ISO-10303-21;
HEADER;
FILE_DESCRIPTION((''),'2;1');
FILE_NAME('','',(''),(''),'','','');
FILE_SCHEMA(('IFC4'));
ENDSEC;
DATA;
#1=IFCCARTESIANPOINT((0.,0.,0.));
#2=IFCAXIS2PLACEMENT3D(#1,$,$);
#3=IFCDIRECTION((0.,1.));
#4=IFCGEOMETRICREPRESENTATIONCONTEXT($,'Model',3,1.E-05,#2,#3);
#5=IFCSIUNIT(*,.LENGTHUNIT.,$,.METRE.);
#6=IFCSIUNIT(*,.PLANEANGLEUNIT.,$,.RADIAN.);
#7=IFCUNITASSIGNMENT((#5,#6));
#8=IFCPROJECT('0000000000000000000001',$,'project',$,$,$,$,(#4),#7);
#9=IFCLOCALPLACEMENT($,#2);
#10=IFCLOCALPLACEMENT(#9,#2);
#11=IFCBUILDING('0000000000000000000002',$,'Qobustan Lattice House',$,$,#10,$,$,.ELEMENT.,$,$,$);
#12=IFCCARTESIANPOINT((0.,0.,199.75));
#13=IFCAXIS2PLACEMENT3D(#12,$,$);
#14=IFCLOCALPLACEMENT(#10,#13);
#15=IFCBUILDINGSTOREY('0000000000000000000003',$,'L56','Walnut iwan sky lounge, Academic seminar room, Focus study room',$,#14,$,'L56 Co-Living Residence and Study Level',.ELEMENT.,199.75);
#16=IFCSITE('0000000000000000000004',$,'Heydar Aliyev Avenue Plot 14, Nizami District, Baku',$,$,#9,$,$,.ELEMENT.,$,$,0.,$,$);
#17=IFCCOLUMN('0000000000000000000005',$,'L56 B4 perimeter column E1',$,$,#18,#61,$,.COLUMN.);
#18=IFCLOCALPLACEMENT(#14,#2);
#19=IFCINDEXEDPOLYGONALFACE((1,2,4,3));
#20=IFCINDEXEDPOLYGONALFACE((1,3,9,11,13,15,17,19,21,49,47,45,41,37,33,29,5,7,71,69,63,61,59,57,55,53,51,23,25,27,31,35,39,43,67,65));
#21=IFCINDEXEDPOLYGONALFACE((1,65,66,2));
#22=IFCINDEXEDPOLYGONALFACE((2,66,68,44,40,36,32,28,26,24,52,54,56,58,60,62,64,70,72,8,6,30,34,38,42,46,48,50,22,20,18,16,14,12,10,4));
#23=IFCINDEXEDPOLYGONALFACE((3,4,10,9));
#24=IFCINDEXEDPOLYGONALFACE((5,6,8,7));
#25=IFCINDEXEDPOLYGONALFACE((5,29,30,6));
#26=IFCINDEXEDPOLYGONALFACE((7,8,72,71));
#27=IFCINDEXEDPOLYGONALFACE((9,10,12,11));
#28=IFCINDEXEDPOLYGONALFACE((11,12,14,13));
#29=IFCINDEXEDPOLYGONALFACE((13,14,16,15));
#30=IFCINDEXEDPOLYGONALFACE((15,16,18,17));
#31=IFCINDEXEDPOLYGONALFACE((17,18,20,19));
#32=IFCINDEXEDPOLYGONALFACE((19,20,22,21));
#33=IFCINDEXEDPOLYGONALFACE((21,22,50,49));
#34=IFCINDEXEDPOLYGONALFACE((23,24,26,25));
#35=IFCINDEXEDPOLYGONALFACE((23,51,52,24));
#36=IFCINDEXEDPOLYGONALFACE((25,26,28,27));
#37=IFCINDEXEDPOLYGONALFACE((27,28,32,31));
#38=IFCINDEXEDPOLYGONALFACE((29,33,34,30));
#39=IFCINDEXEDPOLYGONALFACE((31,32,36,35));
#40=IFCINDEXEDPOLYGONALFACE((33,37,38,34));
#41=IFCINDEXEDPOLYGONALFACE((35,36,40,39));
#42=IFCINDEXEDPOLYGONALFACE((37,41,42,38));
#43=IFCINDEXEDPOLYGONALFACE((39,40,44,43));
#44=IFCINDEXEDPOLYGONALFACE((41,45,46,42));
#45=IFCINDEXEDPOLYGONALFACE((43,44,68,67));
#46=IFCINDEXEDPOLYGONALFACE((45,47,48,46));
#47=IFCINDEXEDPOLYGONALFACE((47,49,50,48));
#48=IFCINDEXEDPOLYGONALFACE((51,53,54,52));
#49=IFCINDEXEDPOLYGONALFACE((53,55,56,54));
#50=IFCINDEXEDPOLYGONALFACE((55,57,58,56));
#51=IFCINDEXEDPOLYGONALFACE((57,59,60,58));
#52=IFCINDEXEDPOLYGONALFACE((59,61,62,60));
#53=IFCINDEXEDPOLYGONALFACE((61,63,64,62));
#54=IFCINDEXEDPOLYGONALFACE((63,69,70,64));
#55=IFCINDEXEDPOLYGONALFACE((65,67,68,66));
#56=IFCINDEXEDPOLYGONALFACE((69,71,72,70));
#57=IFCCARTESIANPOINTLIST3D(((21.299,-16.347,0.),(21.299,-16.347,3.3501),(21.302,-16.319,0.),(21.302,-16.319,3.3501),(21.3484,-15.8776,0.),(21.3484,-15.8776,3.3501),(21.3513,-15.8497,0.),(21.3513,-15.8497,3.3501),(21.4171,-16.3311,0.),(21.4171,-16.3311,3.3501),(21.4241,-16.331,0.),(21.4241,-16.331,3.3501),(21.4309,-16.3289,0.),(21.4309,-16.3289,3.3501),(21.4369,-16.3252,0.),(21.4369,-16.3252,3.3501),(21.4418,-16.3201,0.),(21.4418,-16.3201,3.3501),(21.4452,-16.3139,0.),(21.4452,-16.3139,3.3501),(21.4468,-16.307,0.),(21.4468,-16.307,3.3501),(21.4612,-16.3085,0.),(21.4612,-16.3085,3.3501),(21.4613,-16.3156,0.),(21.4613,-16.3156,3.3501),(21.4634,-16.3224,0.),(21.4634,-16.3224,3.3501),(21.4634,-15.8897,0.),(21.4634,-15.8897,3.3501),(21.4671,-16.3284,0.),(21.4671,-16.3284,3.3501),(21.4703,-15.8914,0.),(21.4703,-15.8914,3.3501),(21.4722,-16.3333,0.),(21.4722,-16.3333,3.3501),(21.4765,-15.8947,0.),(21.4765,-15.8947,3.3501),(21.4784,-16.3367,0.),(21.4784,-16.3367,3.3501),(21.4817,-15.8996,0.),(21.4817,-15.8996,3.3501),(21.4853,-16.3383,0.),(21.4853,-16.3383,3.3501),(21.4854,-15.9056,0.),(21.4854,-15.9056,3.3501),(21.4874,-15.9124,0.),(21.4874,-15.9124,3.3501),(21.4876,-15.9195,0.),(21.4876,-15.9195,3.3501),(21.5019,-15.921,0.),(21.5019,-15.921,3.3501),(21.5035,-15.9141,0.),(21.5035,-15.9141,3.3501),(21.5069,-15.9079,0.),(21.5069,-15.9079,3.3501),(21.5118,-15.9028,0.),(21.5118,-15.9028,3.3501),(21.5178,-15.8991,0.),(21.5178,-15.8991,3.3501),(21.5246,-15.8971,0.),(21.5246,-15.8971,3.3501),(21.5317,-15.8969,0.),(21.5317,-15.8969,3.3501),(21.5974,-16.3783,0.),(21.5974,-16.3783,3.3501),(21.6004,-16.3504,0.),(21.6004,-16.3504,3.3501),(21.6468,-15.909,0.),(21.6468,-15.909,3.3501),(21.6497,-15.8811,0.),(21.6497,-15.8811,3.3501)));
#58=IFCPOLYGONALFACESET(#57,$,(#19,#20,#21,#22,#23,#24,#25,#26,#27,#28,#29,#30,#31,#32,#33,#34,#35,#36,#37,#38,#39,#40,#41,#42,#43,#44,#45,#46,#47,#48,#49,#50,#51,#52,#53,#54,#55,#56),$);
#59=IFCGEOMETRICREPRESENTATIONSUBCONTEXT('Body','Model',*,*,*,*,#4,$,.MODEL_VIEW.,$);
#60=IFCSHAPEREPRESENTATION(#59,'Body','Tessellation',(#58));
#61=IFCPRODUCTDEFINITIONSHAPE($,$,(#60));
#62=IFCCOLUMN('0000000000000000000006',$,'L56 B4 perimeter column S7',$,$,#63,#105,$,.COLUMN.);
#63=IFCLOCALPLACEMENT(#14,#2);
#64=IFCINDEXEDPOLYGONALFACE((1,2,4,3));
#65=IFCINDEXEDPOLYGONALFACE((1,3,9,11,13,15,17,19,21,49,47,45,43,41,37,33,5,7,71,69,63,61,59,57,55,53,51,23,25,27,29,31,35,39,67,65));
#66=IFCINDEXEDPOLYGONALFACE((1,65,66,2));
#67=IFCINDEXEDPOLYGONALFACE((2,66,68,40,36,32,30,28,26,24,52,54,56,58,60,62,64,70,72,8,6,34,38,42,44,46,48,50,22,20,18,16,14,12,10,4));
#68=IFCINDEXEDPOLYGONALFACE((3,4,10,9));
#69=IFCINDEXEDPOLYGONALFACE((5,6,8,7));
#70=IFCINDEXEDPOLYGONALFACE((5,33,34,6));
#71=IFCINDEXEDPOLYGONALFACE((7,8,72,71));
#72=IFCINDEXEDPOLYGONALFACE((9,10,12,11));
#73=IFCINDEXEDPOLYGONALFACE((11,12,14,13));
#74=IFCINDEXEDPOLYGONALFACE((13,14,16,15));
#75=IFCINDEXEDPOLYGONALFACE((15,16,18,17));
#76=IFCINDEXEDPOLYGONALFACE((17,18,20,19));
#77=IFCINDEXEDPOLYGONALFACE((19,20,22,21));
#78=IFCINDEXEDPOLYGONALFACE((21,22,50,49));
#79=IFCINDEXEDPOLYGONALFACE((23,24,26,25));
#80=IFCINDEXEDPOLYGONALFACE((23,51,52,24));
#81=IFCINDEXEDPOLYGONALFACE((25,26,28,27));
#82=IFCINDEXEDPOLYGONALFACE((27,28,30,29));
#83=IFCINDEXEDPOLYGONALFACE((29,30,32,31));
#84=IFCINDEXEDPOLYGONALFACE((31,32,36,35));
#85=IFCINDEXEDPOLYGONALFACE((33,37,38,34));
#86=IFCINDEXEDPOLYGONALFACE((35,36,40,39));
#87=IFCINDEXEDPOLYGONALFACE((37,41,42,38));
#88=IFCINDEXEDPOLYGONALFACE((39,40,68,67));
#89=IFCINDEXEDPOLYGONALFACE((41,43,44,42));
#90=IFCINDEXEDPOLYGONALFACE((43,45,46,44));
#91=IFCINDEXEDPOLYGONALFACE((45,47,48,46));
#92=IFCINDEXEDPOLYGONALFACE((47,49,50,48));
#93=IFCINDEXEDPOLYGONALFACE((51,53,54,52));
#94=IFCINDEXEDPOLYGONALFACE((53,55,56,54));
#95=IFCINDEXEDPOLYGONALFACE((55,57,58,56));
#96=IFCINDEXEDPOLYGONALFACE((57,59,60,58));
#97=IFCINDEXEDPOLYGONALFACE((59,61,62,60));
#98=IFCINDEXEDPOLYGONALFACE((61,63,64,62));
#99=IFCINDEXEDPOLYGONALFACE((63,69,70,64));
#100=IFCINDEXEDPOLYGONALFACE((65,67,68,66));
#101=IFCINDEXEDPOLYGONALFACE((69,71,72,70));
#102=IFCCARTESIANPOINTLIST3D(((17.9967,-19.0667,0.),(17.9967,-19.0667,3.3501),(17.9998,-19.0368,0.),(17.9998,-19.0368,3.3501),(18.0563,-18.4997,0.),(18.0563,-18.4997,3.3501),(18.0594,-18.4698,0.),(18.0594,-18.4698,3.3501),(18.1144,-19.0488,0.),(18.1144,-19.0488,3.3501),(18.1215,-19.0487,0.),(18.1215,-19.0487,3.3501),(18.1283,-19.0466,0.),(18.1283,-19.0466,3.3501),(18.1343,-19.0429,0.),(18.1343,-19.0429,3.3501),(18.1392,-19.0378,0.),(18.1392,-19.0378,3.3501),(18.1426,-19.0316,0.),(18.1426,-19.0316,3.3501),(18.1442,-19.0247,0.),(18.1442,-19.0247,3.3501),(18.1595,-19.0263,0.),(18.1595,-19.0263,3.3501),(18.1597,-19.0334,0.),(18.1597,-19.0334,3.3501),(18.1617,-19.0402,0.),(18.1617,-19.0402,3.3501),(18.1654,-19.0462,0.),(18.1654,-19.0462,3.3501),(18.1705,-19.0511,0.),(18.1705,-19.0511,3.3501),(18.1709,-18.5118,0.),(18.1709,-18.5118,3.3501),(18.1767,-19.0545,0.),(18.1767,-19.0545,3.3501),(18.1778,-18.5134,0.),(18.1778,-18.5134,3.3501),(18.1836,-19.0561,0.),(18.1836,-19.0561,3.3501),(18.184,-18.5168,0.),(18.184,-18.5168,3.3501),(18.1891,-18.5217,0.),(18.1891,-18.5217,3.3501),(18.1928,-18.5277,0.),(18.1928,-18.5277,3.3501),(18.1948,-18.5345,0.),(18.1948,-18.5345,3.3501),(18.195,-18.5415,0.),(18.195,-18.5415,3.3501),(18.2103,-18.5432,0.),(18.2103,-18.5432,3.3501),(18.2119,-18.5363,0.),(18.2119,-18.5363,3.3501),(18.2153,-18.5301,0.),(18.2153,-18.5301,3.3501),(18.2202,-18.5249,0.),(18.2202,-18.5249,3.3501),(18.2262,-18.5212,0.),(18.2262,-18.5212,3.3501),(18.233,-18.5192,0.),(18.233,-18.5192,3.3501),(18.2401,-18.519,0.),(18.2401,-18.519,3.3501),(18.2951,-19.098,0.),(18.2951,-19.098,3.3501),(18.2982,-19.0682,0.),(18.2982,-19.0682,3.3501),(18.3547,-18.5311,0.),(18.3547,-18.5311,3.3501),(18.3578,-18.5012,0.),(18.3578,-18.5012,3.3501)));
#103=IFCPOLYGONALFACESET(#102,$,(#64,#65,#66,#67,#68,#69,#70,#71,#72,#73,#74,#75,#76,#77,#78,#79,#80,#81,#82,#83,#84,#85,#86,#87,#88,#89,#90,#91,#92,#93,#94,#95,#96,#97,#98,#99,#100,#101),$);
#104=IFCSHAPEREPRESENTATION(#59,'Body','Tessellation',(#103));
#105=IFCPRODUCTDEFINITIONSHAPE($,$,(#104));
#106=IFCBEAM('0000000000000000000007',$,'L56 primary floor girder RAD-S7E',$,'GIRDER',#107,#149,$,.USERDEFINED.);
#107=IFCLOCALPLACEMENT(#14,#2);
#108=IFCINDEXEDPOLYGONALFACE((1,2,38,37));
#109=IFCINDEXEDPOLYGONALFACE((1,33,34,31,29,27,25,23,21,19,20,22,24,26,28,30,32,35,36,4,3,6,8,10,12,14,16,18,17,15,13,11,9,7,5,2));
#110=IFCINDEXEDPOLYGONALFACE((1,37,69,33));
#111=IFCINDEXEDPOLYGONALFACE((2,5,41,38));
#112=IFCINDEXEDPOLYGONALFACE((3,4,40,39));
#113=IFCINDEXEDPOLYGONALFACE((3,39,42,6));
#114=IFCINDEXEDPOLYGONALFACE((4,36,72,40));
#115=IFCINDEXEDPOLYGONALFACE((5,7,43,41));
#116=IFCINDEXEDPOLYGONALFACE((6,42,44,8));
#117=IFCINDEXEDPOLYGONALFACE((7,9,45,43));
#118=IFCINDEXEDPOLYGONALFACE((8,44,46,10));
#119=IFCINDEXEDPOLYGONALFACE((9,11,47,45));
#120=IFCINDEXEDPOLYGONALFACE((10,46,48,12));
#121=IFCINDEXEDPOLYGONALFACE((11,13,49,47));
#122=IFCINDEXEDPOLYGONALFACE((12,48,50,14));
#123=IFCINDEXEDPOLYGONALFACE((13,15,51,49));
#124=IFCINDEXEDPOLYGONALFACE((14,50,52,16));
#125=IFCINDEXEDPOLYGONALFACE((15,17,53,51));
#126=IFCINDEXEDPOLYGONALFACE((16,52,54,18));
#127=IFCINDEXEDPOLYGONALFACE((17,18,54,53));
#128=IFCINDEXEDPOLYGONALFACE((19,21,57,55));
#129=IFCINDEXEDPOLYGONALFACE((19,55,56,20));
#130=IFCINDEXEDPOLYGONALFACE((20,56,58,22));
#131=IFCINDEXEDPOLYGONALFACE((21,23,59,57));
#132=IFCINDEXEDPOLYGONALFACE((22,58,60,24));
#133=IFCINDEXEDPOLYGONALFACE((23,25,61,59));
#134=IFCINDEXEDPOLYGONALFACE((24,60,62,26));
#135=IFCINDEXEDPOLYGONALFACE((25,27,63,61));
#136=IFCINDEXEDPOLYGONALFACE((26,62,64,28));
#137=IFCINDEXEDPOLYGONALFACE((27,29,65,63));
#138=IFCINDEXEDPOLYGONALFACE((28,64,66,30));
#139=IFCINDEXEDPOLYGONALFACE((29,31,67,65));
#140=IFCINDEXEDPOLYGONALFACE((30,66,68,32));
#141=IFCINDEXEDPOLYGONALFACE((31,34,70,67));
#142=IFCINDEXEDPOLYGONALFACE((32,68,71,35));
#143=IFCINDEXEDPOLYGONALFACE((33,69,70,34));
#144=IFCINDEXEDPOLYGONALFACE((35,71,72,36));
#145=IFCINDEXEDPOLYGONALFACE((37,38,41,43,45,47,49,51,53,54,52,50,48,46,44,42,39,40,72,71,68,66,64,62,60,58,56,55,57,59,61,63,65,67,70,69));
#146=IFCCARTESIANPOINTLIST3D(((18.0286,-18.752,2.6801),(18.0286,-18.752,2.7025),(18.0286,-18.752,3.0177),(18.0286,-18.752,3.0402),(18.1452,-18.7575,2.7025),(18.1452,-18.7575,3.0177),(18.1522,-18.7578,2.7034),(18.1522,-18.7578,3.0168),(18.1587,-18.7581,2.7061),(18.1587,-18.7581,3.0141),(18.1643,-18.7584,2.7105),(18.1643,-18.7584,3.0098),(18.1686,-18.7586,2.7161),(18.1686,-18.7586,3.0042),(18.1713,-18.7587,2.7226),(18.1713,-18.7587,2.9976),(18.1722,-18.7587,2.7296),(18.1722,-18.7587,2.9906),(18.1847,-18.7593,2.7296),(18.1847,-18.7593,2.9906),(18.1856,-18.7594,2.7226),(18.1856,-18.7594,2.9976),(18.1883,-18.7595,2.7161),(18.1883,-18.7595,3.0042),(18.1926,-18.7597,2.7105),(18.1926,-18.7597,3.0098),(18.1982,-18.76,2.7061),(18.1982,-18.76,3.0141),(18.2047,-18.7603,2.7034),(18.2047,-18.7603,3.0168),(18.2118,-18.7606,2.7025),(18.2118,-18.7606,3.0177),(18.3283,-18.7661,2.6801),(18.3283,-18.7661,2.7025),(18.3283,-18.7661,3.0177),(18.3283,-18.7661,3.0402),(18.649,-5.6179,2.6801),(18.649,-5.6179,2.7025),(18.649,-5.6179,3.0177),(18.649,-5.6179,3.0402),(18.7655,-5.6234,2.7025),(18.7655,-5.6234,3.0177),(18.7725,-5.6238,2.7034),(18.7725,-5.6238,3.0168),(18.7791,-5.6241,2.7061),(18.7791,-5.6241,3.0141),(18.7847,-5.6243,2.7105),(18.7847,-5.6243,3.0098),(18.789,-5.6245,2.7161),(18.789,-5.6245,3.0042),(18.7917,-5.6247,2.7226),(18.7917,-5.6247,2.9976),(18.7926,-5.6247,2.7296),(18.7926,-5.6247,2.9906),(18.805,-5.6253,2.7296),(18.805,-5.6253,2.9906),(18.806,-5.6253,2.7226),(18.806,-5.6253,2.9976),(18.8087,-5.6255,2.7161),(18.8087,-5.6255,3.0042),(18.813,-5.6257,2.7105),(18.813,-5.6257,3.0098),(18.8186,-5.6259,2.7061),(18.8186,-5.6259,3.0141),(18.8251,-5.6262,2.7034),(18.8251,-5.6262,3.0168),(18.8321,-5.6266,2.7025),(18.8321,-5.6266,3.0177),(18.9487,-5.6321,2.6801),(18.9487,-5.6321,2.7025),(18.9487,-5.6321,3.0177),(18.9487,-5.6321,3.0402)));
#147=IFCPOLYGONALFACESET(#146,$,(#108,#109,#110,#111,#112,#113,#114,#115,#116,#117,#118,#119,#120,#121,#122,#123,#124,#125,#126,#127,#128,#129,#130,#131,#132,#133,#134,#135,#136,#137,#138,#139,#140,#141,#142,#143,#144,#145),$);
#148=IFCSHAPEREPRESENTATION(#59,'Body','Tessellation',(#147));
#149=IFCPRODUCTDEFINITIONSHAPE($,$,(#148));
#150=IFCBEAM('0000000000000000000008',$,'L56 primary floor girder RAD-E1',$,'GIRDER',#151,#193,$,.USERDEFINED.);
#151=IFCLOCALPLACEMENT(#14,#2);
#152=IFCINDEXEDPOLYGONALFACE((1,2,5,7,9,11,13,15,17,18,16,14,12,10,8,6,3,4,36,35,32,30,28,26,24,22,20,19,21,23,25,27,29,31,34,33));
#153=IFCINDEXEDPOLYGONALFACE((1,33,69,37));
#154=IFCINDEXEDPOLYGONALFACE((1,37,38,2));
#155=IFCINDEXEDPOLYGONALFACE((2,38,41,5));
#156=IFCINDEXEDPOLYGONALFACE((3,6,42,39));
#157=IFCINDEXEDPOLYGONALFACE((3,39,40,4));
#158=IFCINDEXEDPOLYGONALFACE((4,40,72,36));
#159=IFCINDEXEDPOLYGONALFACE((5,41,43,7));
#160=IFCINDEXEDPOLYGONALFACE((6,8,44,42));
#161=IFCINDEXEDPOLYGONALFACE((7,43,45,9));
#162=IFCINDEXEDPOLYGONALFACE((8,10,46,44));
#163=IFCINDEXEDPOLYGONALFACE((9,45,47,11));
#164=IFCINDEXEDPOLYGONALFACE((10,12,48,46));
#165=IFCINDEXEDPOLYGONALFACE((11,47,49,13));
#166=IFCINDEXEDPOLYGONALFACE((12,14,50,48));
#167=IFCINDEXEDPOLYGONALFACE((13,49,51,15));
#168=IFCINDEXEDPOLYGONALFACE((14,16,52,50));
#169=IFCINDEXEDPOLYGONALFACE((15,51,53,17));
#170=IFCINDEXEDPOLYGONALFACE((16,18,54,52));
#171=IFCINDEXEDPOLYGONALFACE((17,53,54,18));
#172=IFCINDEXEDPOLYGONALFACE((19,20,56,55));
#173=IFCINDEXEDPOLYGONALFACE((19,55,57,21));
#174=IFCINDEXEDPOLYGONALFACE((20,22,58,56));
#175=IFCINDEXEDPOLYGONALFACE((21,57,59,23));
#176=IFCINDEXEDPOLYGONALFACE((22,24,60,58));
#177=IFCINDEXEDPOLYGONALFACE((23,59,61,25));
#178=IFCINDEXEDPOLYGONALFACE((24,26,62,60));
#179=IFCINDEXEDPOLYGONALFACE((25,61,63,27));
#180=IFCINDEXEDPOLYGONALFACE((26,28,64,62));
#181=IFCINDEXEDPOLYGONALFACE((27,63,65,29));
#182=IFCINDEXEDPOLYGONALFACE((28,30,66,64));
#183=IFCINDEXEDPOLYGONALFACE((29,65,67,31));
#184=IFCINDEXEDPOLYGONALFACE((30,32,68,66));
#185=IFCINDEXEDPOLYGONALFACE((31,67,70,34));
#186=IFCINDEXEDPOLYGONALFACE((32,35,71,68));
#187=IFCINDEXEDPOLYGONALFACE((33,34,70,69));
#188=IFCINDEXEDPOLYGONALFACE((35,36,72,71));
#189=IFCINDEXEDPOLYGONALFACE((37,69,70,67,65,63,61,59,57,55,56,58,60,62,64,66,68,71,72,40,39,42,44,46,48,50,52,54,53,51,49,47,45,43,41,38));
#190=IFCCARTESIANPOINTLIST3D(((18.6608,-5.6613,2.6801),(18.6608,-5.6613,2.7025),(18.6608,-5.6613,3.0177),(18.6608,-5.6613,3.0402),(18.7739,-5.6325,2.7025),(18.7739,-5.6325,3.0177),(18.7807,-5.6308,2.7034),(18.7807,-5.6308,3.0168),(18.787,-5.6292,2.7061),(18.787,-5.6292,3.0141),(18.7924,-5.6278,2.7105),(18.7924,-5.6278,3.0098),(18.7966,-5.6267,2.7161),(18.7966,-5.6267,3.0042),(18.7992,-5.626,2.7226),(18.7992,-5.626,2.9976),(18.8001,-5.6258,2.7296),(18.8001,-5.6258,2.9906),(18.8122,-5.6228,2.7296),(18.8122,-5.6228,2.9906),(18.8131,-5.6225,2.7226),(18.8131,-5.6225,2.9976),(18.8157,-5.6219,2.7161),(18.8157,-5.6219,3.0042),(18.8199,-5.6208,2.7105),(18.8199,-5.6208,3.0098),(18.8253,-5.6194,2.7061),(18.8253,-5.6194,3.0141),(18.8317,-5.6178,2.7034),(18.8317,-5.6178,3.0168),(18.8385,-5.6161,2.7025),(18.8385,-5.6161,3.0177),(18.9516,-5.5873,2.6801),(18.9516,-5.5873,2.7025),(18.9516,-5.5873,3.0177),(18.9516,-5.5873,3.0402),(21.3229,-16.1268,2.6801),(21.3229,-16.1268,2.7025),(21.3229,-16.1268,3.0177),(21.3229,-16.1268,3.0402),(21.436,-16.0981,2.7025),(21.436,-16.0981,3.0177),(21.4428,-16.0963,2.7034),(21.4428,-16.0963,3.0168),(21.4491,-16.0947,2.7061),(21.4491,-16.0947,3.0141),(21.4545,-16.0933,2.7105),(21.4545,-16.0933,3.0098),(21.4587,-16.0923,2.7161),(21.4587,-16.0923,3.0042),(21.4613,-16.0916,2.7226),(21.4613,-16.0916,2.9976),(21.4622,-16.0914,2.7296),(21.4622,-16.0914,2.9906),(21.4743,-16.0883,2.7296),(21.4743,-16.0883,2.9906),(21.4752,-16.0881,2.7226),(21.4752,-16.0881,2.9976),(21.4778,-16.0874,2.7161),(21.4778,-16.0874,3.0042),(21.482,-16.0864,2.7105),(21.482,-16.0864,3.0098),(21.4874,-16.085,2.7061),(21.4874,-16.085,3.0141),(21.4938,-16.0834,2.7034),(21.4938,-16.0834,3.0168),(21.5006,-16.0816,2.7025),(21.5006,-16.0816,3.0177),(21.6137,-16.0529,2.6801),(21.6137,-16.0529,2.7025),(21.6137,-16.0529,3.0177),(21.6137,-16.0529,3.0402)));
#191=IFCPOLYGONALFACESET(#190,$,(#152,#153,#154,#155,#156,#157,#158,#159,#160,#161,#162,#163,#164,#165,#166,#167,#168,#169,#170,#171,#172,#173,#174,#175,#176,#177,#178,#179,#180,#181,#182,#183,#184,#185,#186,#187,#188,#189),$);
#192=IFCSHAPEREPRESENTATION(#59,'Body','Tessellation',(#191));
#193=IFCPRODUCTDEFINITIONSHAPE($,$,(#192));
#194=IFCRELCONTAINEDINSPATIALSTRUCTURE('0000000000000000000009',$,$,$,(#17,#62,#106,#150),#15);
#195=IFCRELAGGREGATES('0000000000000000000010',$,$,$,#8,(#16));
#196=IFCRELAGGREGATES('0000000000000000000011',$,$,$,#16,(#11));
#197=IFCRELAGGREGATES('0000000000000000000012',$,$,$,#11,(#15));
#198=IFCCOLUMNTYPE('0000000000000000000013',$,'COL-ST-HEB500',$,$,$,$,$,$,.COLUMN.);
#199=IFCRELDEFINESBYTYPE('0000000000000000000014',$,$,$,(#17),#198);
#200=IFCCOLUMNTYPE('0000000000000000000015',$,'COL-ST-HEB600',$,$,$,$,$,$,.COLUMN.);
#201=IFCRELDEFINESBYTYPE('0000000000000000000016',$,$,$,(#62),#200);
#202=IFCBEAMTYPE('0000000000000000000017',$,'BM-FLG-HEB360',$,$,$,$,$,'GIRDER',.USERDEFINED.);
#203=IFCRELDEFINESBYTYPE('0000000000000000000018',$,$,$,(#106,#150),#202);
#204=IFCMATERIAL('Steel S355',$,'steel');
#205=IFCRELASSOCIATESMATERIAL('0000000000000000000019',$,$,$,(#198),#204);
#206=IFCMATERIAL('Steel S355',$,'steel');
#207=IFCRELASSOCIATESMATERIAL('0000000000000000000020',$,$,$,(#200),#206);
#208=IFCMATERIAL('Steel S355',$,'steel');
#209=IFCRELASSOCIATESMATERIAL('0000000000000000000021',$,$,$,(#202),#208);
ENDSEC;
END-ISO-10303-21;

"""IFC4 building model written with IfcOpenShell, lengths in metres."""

from ifc_helpers import new_model, si_unit, direction, frame, origin, origin_2d, place, context, subcontext, project, spatial, i_section, extrude, material, material_profile, profile_set, type_object, element, save


model = new_model("IFC4")

# Units and contexts
model_context = context("Model", 3, precision=1e-05, world=origin(), true_north=direction((0.0, 1.0)))
body_context = subcontext(model_context, "Body", "Model", "MODEL_VIEW")
ifc_project = project(units=[si_unit("LENGTHUNIT", "METRE"), si_unit("PLANEANGLEUNIT", "RADIAN")], contexts=[model_context])

# Site, building, storey
site_placement = place(None, origin())
site = spatial("IfcSite", under=ifc_project, at=site_placement, Name="Heydar Aliyev Avenue Plot 14, Nizami District, Baku", CompositionType="ELEMENT", RefElevation=0.0)
building_placement = place(site_placement, origin())
building = spatial("IfcBuilding", under=site, at=building_placement, Name="Qobustan Lattice House", CompositionType="ELEMENT")
storey_placement = place(building_placement, frame((0.0, 0.0, 199.75)))
storey = spatial("IfcBuildingStorey", under=building, at=storey_placement, Name="L56", Description="Walnut iwan sky lounge, Academic seminar room, Focus study room", LongName="L56 Co-Living Residence and Study Level", CompositionType="ELEMENT", Elevation=199.75)

# Columns
ifc_material_1 = material(Name="Steel S355", Category="steel")
ifc_material_profile_1 = material_profile(ifc_material_1, i_section(OverallWidth=0.3, OverallDepth=0.5, WebThickness=0.0144, FlangeThickness=0.0281, FilletRadius=0.0271, at=origin_2d()), Name="HEB500")
ifc_profile_set_1 = profile_set([ifc_material_profile_1], Name="Steel S355")
column_type_1 = type_object("IfcColumnType", Name="COL-ST-HEB500", PredefinedType="COLUMN", material=ifc_profile_set_1)
column_1_placement = place(storey_placement, frame((21.4744, -16.114, 0.0), z_axis=(0.0, 0.0, 1.0), x_axis=(0.994522, -0.104528, 0.0)))
element("IfcColumn", 1, at=column_1_placement, inside=storey, type_object=column_type_1, Name="L56 B4 perimeter column E1", PredefinedType="COLUMN", context=body_context, shape_type="SweptSolid", body=[
    extrude(i_section(OverallWidth=0.3, OverallDepth=0.5, WebThickness=0.0144, FlangeThickness=0.0281, FilletRadius=0.0271, at=origin_2d()), origin(), (0.0, 0.0, 1.0), 3.3501),
])
ifc_material_2 = material(Name="Steel S355", Category="steel")
ifc_material_profile_2 = material_profile(ifc_material_2, i_section(OverallWidth=0.3, OverallDepth=0.6001, WebThickness=0.0154, FlangeThickness=0.03, FilletRadius=0.0271, at=origin_2d()), Name="HEB600")
ifc_profile_set_2 = profile_set([ifc_material_profile_2], Name="Steel S355")
column_type_2 = type_object("IfcColumnType", Name="COL-ST-HEB600", PredefinedType="COLUMN", material=ifc_profile_set_2)
column_2_placement = place(storey_placement, frame((18.1772, -18.7839, 0.0), z_axis=(0.0, 0.0, 1.0), x_axis=(0.994522, -0.104528, 0.0)))
element("IfcColumn", 2, at=column_2_placement, inside=storey, type_object=column_type_2, Name="L56 B4 perimeter column S7", PredefinedType="COLUMN", context=body_context, shape_type="SweptSolid", body=[
    extrude(i_section(OverallWidth=0.3, OverallDepth=0.6001, WebThickness=0.0154, FlangeThickness=0.03, FilletRadius=0.0271, at=origin_2d()), origin(), (0.0, 0.0, 1.0), 3.3501),
])

# Beams
ifc_material_3 = material(Name="Steel S355", Category="steel")
ifc_material_profile_3 = material_profile(ifc_material_3, i_section(OverallWidth=0.3, OverallDepth=0.3601, WebThickness=0.0125, FlangeThickness=0.0225, FilletRadius=0.0271, at=origin_2d()), Name="HEB360")
ifc_profile_set_3 = profile_set([ifc_material_profile_3], Name="Steel S355")
beam_type_1 = type_object("IfcBeamType", Name="BM-FLG-HEB360", ElementType="GIRDER", PredefinedType="USERDEFINED", material=ifc_profile_set_3)
beam_1_placement = place(storey_placement, frame((18.1785, -18.759, 2.8601), z_axis=(0.047181, 0.998886, 0.0), x_axis=(-0.998886, 0.047181, 0.0)))
element("IfcBeam", 3, at=beam_1_placement, inside=storey, type_object=beam_type_1, Name="L56 primary floor girder RAD-S7E", ObjectType="GIRDER", PredefinedType="USERDEFINED", context=body_context, shape_type="SweptSolid", body=[
    extrude(i_section(OverallWidth=0.3, OverallDepth=0.3601, WebThickness=0.0125, FlangeThickness=0.0225, FilletRadius=0.0271, at=origin_2d()), origin(), (0.0, 0.0, 1.0), 13.1487),
])
beam_2_placement = place(storey_placement, frame((21.4683, -16.0898, 2.8601), z_axis=(-0.246518, 0.969138, 0.0), x_axis=(-0.969138, -0.246518, 0.0)))
element("IfcBeam", 4, at=beam_2_placement, inside=storey, type_object=beam_type_1, Name="L56 primary floor girder RAD-E1", ObjectType="GIRDER", PredefinedType="USERDEFINED", context=body_context, shape_type="SweptSolid", body=[
    extrude(i_section(OverallWidth=0.3, OverallDepth=0.3601, WebThickness=0.0125, FlangeThickness=0.0225, FilletRadius=0.0271, at=origin_2d()), origin(), (0.0, 0.0, 1.0), 10.7988),
])

save(model, "model.ifc")
